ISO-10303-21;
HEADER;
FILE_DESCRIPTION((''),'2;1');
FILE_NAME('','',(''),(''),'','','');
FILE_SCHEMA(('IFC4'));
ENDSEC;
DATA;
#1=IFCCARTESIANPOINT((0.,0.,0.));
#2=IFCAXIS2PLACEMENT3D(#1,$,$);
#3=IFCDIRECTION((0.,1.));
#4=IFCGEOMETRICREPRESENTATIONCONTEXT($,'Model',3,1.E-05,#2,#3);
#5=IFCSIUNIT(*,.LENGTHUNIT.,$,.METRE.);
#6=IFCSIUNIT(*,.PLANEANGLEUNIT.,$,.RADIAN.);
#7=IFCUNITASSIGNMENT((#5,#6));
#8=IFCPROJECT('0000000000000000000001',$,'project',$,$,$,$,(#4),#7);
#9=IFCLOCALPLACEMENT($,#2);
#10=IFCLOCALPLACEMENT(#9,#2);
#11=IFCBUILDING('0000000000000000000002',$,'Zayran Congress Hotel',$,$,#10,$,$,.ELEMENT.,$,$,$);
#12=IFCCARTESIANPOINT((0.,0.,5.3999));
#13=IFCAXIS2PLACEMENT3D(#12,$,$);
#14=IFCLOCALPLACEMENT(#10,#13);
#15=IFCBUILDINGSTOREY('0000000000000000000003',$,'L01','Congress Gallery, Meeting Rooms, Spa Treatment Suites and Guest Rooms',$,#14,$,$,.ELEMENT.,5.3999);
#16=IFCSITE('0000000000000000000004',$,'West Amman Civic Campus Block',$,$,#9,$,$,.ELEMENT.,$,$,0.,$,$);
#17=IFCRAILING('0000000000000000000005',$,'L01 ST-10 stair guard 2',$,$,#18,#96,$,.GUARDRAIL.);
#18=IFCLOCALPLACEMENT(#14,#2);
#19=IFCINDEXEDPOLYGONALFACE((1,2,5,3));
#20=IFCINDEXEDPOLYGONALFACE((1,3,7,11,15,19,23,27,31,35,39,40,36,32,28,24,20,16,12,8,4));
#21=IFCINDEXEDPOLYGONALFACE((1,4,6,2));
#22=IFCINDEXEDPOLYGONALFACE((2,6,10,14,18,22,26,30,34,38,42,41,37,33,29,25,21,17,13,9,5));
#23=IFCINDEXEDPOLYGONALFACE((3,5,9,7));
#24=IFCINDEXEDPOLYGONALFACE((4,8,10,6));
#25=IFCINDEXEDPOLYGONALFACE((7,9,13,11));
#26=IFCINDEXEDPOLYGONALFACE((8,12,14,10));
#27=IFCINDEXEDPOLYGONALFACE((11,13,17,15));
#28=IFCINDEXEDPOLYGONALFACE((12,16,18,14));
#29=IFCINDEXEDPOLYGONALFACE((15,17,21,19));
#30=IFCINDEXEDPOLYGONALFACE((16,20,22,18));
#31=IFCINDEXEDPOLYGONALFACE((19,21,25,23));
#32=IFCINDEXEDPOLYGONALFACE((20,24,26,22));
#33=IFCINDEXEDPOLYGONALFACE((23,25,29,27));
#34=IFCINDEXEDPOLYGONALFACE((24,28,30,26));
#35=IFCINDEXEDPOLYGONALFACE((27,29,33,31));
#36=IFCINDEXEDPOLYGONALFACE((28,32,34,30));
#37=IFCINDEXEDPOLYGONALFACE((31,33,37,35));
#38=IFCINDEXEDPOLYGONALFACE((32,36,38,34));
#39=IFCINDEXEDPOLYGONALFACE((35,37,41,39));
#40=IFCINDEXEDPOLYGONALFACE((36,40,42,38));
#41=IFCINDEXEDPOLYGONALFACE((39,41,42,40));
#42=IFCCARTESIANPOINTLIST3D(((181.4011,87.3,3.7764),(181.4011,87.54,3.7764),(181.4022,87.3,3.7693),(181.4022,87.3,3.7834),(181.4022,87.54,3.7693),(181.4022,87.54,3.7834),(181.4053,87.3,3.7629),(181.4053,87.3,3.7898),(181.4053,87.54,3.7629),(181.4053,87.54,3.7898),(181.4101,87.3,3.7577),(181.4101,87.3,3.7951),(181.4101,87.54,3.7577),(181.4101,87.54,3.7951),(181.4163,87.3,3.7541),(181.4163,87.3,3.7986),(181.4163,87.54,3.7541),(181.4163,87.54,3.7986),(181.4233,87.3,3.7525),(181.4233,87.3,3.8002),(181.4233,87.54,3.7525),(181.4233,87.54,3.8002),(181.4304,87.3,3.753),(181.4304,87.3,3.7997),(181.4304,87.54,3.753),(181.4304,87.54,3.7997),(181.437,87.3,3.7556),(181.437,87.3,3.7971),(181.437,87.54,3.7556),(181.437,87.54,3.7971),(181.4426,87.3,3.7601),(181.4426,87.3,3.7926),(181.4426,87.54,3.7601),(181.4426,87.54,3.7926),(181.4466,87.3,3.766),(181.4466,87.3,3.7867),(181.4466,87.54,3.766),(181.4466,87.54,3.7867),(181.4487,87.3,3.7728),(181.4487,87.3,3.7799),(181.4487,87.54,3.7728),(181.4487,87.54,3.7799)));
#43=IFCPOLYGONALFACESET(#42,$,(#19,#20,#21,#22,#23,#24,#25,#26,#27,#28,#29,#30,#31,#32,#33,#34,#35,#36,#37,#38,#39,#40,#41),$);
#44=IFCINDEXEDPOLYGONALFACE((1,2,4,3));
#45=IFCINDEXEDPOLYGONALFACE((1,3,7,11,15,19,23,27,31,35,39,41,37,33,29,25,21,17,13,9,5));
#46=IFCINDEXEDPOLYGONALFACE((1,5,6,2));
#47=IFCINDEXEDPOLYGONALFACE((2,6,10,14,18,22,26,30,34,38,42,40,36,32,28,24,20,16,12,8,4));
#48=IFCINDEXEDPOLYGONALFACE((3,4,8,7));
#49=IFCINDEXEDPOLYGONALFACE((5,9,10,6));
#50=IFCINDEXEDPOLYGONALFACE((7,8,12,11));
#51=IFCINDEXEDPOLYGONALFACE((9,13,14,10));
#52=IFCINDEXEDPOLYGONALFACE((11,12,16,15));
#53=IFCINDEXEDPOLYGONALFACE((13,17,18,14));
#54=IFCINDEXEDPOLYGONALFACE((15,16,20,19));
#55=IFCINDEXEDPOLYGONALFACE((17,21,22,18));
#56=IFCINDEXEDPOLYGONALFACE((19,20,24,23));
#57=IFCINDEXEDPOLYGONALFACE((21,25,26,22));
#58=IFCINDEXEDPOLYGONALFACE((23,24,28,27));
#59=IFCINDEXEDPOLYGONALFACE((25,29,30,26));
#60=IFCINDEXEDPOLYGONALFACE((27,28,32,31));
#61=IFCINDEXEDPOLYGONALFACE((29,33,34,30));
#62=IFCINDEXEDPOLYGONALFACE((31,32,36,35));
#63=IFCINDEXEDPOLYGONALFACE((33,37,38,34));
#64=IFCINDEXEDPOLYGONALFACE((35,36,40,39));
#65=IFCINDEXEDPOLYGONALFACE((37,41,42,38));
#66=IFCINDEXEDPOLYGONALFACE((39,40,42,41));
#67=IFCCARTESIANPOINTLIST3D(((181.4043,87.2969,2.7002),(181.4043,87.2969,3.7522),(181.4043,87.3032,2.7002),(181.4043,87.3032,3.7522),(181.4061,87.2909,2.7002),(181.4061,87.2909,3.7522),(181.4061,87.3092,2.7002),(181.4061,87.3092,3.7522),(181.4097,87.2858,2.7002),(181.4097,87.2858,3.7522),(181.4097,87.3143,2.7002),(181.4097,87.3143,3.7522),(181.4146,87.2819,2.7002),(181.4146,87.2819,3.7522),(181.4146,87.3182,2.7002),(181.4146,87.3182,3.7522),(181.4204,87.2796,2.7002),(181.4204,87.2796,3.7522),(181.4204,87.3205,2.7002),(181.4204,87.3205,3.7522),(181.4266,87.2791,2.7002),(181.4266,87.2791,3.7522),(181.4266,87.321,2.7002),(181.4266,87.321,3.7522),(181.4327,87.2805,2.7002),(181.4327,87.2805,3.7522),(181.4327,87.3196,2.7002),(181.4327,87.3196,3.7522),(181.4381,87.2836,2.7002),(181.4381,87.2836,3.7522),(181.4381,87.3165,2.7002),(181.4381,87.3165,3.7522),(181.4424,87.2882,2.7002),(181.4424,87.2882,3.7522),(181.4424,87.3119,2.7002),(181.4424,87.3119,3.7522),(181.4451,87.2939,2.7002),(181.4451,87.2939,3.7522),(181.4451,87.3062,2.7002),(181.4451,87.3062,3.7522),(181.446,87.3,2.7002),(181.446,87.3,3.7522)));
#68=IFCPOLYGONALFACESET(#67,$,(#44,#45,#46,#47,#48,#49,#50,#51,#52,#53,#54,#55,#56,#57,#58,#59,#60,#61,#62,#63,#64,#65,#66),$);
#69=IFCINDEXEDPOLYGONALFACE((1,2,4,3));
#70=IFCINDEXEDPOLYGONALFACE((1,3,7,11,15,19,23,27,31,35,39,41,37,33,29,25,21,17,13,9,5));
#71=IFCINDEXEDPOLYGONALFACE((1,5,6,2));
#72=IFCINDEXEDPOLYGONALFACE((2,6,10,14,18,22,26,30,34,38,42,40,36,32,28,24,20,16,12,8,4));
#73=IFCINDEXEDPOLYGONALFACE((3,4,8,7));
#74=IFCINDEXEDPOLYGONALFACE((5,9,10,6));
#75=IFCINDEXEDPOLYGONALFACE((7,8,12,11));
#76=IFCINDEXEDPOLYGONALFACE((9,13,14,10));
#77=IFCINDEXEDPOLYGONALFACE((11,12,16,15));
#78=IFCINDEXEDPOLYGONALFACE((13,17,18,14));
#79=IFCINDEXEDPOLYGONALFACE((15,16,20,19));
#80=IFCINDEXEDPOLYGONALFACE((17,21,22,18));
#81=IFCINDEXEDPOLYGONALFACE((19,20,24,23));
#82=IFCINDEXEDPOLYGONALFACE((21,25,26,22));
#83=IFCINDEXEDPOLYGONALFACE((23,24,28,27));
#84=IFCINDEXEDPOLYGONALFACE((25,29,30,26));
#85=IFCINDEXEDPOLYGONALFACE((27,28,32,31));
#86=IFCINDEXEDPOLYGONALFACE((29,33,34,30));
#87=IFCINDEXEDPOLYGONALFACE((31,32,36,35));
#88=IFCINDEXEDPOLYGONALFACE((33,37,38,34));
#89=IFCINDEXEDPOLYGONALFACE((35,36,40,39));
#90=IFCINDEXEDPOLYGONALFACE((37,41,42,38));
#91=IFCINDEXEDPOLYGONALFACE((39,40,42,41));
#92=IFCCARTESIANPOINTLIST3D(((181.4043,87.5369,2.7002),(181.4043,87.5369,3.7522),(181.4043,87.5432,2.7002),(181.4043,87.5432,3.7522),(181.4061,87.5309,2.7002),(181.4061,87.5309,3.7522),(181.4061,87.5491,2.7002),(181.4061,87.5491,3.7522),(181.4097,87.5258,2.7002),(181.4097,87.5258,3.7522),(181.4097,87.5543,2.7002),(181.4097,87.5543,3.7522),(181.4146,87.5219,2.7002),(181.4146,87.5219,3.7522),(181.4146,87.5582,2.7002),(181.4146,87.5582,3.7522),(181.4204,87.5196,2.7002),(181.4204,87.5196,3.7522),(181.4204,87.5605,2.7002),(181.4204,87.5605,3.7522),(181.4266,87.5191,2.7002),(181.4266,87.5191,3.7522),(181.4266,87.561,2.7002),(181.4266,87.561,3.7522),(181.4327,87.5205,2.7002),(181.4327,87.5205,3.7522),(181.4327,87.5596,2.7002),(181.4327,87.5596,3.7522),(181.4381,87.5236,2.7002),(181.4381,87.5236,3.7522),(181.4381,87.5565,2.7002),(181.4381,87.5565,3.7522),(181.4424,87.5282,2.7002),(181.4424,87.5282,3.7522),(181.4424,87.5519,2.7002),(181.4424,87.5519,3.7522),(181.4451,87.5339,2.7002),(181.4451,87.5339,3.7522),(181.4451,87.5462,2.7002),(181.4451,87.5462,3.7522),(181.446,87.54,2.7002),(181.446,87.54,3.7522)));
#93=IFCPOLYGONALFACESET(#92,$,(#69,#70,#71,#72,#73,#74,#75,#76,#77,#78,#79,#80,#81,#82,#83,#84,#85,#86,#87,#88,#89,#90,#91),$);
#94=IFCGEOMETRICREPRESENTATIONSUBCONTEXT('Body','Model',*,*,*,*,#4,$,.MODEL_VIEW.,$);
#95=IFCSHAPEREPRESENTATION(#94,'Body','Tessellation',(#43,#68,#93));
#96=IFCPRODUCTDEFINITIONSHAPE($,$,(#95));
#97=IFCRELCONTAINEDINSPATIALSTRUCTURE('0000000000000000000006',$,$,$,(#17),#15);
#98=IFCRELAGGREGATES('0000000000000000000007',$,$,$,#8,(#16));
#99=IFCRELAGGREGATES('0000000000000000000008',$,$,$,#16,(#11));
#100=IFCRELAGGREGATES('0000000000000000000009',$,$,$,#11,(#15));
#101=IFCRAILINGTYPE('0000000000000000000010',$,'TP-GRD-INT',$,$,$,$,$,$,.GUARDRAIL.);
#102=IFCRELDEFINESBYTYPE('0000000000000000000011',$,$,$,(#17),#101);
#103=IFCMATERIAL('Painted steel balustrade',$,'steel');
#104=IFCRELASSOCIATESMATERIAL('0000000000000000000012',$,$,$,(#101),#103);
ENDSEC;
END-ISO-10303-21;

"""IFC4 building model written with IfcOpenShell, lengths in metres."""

from ifc_helpers import new_model, si_unit, direction, frame, origin, origin_2d, place, context, subcontext, project, spatial, circle, extrude, material, type_object, element, save


model = new_model("IFC4")

# Units and contexts
model_context = context("Model", 3, precision=1e-05, world=origin(), true_north=direction((0.0, 1.0)))
body_context = subcontext(model_context, "Body", "Model", "MODEL_VIEW")
ifc_project = project(units=[si_unit("LENGTHUNIT", "METRE"), si_unit("PLANEANGLEUNIT", "RADIAN")], contexts=[model_context])

# Site, building, storey
site_placement = place(None, origin())
site = spatial("IfcSite", under=ifc_project, at=site_placement, Name="West Amman Civic Campus Block", CompositionType="ELEMENT", RefElevation=0.0)
building_placement = place(site_placement, origin())
building = spatial("IfcBuilding", under=site, at=building_placement, Name="Zayran Congress Hotel", CompositionType="ELEMENT")
storey_placement = place(building_placement, frame((0.0, 0.0, 5.3999)))
storey = spatial("IfcBuildingStorey", under=building, at=storey_placement, Name="L01", Description="Congress Gallery, Meeting Rooms, Spa Treatment Suites and Guest Rooms", CompositionType="ELEMENT", Elevation=5.3999)

# Railing
ifc_material_1 = material(Name="Painted steel balustrade", Category="steel")
railing_type_1 = type_object("IfcRailingType", Name="TP-GRD-INT", PredefinedType="GUARDRAIL", material=ifc_material_1)
railing_1_placement = place(storey_placement, frame((181.425, 87.3, 2.7002)))
element("IfcRailing", 1, at=railing_1_placement, inside=storey, type_object=railing_type_1, Name="L01 ST-10 stair guard 2", PredefinedType="GUARDRAIL", context=body_context, shape_type="SweptSolid", body=[
    extrude(circle(Radius=0.0239, at=origin_2d()), frame((0.0, 0.0, 1.0762), z_axis=(0.0, 1.0, 0.0), x_axis=(-1.0, 0.0, 0.0)), (0.0, 0.0, 1.0), 0.24),
    extrude(circle(Radius=0.021, at=origin_2d()), origin(), (0.0, 0.0, 1.0), 1.052),
    extrude(circle(Radius=0.021, at=origin_2d()), frame((0.0, 0.24, 0.0)), (0.0, 0.0, 1.0), 1.052),
])

save(model, "model.ifc")
